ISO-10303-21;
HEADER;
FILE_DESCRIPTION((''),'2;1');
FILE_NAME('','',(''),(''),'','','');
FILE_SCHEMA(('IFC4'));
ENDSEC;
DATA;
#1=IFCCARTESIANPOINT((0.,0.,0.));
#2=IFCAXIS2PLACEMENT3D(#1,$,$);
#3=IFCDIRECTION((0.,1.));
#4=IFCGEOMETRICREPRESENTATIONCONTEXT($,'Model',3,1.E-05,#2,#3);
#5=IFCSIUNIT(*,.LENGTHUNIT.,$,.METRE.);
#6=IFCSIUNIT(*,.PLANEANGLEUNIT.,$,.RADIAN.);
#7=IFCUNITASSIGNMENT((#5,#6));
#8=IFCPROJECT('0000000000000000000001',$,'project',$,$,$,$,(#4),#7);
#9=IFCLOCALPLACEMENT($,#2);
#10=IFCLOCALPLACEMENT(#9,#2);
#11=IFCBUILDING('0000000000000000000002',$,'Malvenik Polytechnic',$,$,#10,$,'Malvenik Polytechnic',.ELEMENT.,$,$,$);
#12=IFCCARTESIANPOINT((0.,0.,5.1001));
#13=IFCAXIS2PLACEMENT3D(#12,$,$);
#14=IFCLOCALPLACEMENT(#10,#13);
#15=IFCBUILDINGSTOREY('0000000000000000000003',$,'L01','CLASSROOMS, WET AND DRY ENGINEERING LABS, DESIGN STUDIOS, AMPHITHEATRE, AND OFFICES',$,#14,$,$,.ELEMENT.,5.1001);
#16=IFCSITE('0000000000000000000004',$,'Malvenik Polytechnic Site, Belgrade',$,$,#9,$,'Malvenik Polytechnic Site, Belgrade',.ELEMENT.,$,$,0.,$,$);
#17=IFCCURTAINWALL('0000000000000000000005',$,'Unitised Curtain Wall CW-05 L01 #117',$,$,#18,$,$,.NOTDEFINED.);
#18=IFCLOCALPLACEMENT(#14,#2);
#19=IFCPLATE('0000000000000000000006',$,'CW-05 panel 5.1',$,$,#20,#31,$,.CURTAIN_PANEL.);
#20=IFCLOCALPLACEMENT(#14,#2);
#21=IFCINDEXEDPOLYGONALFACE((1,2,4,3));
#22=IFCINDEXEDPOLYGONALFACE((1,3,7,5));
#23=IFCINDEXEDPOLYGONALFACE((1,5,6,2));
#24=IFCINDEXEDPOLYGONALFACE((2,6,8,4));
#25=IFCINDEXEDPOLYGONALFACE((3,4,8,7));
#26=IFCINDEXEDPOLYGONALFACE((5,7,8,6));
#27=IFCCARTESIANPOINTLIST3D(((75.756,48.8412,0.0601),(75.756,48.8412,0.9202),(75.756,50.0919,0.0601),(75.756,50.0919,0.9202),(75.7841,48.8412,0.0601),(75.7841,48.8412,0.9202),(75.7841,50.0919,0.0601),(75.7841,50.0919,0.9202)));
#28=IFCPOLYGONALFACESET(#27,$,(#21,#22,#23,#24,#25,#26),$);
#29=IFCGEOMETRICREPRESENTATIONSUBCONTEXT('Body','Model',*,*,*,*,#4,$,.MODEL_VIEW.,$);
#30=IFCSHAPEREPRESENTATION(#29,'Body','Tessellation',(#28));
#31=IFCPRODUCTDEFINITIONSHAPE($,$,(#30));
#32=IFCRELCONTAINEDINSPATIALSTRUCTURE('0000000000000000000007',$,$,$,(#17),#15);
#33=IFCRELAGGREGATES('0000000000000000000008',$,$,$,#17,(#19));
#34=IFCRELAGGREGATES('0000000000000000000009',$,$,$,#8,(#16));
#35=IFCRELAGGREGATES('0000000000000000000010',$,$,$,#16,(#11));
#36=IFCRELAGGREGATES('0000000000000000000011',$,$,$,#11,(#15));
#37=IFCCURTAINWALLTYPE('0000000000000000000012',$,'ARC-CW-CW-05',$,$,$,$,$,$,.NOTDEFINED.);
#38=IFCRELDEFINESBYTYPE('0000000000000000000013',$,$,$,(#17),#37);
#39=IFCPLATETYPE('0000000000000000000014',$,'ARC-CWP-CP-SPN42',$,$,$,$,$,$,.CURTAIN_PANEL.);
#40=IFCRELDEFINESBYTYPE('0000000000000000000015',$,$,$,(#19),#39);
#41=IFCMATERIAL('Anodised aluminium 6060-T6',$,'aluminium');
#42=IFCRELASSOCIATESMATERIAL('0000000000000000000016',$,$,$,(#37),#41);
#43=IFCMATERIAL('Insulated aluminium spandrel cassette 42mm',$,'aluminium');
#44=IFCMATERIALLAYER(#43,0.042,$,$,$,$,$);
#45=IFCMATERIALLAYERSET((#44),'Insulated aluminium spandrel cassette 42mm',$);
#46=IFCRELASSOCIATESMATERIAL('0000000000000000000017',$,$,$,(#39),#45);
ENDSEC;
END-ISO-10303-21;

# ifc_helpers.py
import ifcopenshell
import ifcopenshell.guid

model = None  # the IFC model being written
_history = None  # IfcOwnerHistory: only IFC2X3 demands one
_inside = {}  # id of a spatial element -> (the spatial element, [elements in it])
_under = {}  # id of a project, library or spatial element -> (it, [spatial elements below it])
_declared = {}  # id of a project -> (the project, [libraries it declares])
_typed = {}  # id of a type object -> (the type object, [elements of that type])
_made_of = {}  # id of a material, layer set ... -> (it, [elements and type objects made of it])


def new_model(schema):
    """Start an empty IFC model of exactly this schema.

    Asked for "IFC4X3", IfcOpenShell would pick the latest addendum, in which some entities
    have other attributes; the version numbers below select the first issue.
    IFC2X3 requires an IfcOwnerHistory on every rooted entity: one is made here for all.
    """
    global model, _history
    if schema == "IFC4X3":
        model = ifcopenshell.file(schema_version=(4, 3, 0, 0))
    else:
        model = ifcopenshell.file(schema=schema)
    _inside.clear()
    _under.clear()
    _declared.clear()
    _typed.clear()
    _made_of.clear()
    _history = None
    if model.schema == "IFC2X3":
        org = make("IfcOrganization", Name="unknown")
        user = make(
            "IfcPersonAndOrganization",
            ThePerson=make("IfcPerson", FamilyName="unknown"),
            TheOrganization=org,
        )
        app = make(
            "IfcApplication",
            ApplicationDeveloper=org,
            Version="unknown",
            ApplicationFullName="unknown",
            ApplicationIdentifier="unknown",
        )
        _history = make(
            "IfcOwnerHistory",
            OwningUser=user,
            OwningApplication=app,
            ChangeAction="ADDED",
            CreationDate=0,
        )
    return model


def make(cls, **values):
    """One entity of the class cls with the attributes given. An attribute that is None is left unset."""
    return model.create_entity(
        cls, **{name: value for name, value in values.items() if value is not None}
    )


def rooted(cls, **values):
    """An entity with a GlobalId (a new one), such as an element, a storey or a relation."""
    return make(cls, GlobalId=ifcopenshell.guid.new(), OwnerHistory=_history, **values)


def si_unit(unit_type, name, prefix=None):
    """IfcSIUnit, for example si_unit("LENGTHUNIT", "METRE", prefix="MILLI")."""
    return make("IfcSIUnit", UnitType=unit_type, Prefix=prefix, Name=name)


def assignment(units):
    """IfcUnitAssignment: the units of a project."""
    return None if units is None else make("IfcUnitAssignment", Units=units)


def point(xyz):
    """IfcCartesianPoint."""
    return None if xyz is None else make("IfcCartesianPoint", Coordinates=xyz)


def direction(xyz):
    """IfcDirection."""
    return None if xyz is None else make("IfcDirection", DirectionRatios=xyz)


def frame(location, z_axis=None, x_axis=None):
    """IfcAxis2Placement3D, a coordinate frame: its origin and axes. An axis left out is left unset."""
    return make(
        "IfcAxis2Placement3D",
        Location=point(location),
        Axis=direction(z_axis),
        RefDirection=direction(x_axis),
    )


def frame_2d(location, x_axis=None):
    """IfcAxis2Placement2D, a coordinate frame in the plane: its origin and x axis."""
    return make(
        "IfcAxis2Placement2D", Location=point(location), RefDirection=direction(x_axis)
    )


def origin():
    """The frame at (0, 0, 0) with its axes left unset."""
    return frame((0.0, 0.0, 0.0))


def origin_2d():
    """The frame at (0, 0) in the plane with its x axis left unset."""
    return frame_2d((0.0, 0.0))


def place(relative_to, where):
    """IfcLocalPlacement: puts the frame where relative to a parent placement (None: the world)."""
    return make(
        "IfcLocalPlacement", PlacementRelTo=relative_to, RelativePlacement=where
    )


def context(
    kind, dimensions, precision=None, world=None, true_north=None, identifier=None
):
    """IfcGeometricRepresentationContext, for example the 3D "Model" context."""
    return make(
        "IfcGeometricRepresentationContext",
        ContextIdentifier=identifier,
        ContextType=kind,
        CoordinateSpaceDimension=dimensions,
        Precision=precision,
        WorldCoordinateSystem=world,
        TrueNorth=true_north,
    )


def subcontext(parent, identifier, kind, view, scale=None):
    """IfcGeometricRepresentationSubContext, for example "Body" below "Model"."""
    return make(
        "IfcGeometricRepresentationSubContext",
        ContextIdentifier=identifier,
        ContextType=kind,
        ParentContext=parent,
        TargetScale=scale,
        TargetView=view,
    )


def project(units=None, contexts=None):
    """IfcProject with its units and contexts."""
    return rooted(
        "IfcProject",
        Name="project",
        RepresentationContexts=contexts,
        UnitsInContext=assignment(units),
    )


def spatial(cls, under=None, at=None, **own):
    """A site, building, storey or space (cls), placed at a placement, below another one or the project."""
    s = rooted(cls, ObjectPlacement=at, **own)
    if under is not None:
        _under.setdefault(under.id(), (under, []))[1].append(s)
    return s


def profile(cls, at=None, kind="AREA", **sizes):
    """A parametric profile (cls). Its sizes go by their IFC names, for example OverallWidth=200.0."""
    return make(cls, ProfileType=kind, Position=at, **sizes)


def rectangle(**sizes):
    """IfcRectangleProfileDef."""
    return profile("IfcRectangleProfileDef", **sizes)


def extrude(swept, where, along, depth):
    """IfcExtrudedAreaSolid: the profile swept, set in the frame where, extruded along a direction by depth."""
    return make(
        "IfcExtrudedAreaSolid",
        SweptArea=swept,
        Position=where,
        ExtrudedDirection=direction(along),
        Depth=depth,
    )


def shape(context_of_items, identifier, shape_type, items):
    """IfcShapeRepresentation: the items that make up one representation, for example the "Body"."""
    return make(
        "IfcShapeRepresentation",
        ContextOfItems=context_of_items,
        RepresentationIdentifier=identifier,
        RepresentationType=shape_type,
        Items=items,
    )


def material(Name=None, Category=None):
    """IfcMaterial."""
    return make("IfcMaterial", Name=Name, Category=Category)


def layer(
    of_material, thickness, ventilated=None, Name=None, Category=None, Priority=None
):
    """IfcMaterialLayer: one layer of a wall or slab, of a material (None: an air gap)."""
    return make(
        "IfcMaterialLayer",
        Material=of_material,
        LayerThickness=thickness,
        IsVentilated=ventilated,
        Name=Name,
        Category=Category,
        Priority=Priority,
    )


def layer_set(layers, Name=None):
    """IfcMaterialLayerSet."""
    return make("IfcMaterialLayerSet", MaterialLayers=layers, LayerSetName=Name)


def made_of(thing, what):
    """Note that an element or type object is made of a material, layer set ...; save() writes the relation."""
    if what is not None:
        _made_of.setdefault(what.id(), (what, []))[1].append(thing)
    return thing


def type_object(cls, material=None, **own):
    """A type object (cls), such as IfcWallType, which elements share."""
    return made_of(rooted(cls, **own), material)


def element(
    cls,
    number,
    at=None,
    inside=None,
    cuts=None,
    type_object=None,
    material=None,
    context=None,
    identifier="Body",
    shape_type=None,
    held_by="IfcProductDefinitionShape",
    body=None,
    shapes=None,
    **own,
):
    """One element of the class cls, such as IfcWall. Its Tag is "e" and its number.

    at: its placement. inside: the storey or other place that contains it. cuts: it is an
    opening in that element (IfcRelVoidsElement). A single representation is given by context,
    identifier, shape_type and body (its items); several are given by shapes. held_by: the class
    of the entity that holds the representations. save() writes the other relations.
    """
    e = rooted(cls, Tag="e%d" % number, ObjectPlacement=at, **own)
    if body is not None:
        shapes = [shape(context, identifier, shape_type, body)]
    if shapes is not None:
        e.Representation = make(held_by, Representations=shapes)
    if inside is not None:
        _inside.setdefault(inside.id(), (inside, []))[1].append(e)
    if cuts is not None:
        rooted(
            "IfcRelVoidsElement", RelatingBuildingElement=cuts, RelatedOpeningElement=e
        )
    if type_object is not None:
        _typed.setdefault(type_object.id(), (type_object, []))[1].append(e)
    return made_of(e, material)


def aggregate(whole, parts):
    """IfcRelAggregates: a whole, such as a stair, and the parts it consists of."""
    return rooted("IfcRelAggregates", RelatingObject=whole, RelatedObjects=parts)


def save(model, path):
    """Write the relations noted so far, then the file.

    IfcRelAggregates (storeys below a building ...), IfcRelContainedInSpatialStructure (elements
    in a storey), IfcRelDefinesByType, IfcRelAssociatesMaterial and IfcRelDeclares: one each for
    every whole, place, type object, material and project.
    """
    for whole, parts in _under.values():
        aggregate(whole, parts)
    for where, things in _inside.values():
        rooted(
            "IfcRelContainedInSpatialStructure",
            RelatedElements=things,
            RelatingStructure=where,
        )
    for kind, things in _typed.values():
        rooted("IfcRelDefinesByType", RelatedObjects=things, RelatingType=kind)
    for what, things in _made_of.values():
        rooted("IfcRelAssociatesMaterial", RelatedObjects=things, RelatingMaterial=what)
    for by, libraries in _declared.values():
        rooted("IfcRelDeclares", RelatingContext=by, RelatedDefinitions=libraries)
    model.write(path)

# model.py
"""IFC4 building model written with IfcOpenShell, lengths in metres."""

from ifc_helpers import new_model, si_unit, direction, frame, origin, origin_2d, place, context, subcontext, project, spatial, rectangle, extrude, material, layer, layer_set, type_object, element, aggregate, save


model = new_model("IFC4")

# Units and contexts
model_context = context("Model", 3, precision=1e-05, world=origin(), true_north=direction((0.0, 1.0)))
body_context = subcontext(model_context, "Body", "Model", "MODEL_VIEW")
ifc_project = project(units=[si_unit("LENGTHUNIT", "METRE"), si_unit("PLANEANGLEUNIT", "RADIAN")], contexts=[model_context])

# Site, building, storey
site_placement = place(None, origin())
site = spatial("IfcSite", under=ifc_project, at=site_placement, Name="Malvenik Polytechnic Site, Belgrade", LongName="Malvenik Polytechnic Site, Belgrade", CompositionType="ELEMENT", RefElevation=0.0)
building_placement = place(site_placement, origin())
building = spatial("IfcBuilding", under=site, at=building_placement, Name="Malvenik Polytechnic", LongName="Malvenik Polytechnic", CompositionType="ELEMENT")
storey_placement = place(building_placement, frame((0.0, 0.0, 5.1001)))
storey = spatial("IfcBuildingStorey", under=building, at=storey_placement, Name="L01", Description="CLASSROOMS, WET AND DRY ENGINEERING LABS, DESIGN STUDIOS, AMPHITHEATRE, AND OFFICES", CompositionType="ELEMENT", Elevation=5.1001)

# Curtain wall
ifc_material_1 = material(Name="Anodised aluminium 6060-T6", Category="aluminium")
curtain_wall_type = type_object("IfcCurtainWallType", Name="ARC-CW-CW-05", PredefinedType="NOTDEFINED", material=ifc_material_1)
curtain_wall_1_placement = place(storey_placement, origin())
curtain_wall_1 = element("IfcCurtainWall", 1, at=curtain_wall_1_placement, inside=storey, type_object=curtain_wall_type, Name="Unitised Curtain Wall CW-05 L01 #117", PredefinedType="NOTDEFINED")

# Plate
ifc_material_2 = material(Name="Insulated aluminium spandrel cassette 42mm", Category="aluminium")
ifc_layer_1 = layer(ifc_material_2, 0.042)
ifc_layer_set_1 = layer_set([ifc_layer_1], Name="Insulated aluminium spandrel cassette 42mm")
plate_type_1 = type_object("IfcPlateType", Name="ARC-CWP-CP-SPN42", PredefinedType="CURTAIN_PANEL", material=ifc_layer_set_1)
plate_1_placement = place(storey_placement, frame((75.77, 49.4666, 0.0601), z_axis=(0.0, 0.0, 1.0), x_axis=(0.0, 1.0, 0.0)))
plate_1 = element("IfcPlate", 2, at=plate_1_placement, type_object=plate_type_1, Name="CW-05 panel 5.1", PredefinedType="CURTAIN_PANEL", context=body_context, shape_type="SweptSolid", body=[
    extrude(rectangle(XDim=1.2507, YDim=0.0281, at=origin_2d()), origin(), (0.0, 0.0, 1.0), 0.8601),
])
aggregate(curtain_wall_1, [plate_1])

save(model, "model.ifc")
